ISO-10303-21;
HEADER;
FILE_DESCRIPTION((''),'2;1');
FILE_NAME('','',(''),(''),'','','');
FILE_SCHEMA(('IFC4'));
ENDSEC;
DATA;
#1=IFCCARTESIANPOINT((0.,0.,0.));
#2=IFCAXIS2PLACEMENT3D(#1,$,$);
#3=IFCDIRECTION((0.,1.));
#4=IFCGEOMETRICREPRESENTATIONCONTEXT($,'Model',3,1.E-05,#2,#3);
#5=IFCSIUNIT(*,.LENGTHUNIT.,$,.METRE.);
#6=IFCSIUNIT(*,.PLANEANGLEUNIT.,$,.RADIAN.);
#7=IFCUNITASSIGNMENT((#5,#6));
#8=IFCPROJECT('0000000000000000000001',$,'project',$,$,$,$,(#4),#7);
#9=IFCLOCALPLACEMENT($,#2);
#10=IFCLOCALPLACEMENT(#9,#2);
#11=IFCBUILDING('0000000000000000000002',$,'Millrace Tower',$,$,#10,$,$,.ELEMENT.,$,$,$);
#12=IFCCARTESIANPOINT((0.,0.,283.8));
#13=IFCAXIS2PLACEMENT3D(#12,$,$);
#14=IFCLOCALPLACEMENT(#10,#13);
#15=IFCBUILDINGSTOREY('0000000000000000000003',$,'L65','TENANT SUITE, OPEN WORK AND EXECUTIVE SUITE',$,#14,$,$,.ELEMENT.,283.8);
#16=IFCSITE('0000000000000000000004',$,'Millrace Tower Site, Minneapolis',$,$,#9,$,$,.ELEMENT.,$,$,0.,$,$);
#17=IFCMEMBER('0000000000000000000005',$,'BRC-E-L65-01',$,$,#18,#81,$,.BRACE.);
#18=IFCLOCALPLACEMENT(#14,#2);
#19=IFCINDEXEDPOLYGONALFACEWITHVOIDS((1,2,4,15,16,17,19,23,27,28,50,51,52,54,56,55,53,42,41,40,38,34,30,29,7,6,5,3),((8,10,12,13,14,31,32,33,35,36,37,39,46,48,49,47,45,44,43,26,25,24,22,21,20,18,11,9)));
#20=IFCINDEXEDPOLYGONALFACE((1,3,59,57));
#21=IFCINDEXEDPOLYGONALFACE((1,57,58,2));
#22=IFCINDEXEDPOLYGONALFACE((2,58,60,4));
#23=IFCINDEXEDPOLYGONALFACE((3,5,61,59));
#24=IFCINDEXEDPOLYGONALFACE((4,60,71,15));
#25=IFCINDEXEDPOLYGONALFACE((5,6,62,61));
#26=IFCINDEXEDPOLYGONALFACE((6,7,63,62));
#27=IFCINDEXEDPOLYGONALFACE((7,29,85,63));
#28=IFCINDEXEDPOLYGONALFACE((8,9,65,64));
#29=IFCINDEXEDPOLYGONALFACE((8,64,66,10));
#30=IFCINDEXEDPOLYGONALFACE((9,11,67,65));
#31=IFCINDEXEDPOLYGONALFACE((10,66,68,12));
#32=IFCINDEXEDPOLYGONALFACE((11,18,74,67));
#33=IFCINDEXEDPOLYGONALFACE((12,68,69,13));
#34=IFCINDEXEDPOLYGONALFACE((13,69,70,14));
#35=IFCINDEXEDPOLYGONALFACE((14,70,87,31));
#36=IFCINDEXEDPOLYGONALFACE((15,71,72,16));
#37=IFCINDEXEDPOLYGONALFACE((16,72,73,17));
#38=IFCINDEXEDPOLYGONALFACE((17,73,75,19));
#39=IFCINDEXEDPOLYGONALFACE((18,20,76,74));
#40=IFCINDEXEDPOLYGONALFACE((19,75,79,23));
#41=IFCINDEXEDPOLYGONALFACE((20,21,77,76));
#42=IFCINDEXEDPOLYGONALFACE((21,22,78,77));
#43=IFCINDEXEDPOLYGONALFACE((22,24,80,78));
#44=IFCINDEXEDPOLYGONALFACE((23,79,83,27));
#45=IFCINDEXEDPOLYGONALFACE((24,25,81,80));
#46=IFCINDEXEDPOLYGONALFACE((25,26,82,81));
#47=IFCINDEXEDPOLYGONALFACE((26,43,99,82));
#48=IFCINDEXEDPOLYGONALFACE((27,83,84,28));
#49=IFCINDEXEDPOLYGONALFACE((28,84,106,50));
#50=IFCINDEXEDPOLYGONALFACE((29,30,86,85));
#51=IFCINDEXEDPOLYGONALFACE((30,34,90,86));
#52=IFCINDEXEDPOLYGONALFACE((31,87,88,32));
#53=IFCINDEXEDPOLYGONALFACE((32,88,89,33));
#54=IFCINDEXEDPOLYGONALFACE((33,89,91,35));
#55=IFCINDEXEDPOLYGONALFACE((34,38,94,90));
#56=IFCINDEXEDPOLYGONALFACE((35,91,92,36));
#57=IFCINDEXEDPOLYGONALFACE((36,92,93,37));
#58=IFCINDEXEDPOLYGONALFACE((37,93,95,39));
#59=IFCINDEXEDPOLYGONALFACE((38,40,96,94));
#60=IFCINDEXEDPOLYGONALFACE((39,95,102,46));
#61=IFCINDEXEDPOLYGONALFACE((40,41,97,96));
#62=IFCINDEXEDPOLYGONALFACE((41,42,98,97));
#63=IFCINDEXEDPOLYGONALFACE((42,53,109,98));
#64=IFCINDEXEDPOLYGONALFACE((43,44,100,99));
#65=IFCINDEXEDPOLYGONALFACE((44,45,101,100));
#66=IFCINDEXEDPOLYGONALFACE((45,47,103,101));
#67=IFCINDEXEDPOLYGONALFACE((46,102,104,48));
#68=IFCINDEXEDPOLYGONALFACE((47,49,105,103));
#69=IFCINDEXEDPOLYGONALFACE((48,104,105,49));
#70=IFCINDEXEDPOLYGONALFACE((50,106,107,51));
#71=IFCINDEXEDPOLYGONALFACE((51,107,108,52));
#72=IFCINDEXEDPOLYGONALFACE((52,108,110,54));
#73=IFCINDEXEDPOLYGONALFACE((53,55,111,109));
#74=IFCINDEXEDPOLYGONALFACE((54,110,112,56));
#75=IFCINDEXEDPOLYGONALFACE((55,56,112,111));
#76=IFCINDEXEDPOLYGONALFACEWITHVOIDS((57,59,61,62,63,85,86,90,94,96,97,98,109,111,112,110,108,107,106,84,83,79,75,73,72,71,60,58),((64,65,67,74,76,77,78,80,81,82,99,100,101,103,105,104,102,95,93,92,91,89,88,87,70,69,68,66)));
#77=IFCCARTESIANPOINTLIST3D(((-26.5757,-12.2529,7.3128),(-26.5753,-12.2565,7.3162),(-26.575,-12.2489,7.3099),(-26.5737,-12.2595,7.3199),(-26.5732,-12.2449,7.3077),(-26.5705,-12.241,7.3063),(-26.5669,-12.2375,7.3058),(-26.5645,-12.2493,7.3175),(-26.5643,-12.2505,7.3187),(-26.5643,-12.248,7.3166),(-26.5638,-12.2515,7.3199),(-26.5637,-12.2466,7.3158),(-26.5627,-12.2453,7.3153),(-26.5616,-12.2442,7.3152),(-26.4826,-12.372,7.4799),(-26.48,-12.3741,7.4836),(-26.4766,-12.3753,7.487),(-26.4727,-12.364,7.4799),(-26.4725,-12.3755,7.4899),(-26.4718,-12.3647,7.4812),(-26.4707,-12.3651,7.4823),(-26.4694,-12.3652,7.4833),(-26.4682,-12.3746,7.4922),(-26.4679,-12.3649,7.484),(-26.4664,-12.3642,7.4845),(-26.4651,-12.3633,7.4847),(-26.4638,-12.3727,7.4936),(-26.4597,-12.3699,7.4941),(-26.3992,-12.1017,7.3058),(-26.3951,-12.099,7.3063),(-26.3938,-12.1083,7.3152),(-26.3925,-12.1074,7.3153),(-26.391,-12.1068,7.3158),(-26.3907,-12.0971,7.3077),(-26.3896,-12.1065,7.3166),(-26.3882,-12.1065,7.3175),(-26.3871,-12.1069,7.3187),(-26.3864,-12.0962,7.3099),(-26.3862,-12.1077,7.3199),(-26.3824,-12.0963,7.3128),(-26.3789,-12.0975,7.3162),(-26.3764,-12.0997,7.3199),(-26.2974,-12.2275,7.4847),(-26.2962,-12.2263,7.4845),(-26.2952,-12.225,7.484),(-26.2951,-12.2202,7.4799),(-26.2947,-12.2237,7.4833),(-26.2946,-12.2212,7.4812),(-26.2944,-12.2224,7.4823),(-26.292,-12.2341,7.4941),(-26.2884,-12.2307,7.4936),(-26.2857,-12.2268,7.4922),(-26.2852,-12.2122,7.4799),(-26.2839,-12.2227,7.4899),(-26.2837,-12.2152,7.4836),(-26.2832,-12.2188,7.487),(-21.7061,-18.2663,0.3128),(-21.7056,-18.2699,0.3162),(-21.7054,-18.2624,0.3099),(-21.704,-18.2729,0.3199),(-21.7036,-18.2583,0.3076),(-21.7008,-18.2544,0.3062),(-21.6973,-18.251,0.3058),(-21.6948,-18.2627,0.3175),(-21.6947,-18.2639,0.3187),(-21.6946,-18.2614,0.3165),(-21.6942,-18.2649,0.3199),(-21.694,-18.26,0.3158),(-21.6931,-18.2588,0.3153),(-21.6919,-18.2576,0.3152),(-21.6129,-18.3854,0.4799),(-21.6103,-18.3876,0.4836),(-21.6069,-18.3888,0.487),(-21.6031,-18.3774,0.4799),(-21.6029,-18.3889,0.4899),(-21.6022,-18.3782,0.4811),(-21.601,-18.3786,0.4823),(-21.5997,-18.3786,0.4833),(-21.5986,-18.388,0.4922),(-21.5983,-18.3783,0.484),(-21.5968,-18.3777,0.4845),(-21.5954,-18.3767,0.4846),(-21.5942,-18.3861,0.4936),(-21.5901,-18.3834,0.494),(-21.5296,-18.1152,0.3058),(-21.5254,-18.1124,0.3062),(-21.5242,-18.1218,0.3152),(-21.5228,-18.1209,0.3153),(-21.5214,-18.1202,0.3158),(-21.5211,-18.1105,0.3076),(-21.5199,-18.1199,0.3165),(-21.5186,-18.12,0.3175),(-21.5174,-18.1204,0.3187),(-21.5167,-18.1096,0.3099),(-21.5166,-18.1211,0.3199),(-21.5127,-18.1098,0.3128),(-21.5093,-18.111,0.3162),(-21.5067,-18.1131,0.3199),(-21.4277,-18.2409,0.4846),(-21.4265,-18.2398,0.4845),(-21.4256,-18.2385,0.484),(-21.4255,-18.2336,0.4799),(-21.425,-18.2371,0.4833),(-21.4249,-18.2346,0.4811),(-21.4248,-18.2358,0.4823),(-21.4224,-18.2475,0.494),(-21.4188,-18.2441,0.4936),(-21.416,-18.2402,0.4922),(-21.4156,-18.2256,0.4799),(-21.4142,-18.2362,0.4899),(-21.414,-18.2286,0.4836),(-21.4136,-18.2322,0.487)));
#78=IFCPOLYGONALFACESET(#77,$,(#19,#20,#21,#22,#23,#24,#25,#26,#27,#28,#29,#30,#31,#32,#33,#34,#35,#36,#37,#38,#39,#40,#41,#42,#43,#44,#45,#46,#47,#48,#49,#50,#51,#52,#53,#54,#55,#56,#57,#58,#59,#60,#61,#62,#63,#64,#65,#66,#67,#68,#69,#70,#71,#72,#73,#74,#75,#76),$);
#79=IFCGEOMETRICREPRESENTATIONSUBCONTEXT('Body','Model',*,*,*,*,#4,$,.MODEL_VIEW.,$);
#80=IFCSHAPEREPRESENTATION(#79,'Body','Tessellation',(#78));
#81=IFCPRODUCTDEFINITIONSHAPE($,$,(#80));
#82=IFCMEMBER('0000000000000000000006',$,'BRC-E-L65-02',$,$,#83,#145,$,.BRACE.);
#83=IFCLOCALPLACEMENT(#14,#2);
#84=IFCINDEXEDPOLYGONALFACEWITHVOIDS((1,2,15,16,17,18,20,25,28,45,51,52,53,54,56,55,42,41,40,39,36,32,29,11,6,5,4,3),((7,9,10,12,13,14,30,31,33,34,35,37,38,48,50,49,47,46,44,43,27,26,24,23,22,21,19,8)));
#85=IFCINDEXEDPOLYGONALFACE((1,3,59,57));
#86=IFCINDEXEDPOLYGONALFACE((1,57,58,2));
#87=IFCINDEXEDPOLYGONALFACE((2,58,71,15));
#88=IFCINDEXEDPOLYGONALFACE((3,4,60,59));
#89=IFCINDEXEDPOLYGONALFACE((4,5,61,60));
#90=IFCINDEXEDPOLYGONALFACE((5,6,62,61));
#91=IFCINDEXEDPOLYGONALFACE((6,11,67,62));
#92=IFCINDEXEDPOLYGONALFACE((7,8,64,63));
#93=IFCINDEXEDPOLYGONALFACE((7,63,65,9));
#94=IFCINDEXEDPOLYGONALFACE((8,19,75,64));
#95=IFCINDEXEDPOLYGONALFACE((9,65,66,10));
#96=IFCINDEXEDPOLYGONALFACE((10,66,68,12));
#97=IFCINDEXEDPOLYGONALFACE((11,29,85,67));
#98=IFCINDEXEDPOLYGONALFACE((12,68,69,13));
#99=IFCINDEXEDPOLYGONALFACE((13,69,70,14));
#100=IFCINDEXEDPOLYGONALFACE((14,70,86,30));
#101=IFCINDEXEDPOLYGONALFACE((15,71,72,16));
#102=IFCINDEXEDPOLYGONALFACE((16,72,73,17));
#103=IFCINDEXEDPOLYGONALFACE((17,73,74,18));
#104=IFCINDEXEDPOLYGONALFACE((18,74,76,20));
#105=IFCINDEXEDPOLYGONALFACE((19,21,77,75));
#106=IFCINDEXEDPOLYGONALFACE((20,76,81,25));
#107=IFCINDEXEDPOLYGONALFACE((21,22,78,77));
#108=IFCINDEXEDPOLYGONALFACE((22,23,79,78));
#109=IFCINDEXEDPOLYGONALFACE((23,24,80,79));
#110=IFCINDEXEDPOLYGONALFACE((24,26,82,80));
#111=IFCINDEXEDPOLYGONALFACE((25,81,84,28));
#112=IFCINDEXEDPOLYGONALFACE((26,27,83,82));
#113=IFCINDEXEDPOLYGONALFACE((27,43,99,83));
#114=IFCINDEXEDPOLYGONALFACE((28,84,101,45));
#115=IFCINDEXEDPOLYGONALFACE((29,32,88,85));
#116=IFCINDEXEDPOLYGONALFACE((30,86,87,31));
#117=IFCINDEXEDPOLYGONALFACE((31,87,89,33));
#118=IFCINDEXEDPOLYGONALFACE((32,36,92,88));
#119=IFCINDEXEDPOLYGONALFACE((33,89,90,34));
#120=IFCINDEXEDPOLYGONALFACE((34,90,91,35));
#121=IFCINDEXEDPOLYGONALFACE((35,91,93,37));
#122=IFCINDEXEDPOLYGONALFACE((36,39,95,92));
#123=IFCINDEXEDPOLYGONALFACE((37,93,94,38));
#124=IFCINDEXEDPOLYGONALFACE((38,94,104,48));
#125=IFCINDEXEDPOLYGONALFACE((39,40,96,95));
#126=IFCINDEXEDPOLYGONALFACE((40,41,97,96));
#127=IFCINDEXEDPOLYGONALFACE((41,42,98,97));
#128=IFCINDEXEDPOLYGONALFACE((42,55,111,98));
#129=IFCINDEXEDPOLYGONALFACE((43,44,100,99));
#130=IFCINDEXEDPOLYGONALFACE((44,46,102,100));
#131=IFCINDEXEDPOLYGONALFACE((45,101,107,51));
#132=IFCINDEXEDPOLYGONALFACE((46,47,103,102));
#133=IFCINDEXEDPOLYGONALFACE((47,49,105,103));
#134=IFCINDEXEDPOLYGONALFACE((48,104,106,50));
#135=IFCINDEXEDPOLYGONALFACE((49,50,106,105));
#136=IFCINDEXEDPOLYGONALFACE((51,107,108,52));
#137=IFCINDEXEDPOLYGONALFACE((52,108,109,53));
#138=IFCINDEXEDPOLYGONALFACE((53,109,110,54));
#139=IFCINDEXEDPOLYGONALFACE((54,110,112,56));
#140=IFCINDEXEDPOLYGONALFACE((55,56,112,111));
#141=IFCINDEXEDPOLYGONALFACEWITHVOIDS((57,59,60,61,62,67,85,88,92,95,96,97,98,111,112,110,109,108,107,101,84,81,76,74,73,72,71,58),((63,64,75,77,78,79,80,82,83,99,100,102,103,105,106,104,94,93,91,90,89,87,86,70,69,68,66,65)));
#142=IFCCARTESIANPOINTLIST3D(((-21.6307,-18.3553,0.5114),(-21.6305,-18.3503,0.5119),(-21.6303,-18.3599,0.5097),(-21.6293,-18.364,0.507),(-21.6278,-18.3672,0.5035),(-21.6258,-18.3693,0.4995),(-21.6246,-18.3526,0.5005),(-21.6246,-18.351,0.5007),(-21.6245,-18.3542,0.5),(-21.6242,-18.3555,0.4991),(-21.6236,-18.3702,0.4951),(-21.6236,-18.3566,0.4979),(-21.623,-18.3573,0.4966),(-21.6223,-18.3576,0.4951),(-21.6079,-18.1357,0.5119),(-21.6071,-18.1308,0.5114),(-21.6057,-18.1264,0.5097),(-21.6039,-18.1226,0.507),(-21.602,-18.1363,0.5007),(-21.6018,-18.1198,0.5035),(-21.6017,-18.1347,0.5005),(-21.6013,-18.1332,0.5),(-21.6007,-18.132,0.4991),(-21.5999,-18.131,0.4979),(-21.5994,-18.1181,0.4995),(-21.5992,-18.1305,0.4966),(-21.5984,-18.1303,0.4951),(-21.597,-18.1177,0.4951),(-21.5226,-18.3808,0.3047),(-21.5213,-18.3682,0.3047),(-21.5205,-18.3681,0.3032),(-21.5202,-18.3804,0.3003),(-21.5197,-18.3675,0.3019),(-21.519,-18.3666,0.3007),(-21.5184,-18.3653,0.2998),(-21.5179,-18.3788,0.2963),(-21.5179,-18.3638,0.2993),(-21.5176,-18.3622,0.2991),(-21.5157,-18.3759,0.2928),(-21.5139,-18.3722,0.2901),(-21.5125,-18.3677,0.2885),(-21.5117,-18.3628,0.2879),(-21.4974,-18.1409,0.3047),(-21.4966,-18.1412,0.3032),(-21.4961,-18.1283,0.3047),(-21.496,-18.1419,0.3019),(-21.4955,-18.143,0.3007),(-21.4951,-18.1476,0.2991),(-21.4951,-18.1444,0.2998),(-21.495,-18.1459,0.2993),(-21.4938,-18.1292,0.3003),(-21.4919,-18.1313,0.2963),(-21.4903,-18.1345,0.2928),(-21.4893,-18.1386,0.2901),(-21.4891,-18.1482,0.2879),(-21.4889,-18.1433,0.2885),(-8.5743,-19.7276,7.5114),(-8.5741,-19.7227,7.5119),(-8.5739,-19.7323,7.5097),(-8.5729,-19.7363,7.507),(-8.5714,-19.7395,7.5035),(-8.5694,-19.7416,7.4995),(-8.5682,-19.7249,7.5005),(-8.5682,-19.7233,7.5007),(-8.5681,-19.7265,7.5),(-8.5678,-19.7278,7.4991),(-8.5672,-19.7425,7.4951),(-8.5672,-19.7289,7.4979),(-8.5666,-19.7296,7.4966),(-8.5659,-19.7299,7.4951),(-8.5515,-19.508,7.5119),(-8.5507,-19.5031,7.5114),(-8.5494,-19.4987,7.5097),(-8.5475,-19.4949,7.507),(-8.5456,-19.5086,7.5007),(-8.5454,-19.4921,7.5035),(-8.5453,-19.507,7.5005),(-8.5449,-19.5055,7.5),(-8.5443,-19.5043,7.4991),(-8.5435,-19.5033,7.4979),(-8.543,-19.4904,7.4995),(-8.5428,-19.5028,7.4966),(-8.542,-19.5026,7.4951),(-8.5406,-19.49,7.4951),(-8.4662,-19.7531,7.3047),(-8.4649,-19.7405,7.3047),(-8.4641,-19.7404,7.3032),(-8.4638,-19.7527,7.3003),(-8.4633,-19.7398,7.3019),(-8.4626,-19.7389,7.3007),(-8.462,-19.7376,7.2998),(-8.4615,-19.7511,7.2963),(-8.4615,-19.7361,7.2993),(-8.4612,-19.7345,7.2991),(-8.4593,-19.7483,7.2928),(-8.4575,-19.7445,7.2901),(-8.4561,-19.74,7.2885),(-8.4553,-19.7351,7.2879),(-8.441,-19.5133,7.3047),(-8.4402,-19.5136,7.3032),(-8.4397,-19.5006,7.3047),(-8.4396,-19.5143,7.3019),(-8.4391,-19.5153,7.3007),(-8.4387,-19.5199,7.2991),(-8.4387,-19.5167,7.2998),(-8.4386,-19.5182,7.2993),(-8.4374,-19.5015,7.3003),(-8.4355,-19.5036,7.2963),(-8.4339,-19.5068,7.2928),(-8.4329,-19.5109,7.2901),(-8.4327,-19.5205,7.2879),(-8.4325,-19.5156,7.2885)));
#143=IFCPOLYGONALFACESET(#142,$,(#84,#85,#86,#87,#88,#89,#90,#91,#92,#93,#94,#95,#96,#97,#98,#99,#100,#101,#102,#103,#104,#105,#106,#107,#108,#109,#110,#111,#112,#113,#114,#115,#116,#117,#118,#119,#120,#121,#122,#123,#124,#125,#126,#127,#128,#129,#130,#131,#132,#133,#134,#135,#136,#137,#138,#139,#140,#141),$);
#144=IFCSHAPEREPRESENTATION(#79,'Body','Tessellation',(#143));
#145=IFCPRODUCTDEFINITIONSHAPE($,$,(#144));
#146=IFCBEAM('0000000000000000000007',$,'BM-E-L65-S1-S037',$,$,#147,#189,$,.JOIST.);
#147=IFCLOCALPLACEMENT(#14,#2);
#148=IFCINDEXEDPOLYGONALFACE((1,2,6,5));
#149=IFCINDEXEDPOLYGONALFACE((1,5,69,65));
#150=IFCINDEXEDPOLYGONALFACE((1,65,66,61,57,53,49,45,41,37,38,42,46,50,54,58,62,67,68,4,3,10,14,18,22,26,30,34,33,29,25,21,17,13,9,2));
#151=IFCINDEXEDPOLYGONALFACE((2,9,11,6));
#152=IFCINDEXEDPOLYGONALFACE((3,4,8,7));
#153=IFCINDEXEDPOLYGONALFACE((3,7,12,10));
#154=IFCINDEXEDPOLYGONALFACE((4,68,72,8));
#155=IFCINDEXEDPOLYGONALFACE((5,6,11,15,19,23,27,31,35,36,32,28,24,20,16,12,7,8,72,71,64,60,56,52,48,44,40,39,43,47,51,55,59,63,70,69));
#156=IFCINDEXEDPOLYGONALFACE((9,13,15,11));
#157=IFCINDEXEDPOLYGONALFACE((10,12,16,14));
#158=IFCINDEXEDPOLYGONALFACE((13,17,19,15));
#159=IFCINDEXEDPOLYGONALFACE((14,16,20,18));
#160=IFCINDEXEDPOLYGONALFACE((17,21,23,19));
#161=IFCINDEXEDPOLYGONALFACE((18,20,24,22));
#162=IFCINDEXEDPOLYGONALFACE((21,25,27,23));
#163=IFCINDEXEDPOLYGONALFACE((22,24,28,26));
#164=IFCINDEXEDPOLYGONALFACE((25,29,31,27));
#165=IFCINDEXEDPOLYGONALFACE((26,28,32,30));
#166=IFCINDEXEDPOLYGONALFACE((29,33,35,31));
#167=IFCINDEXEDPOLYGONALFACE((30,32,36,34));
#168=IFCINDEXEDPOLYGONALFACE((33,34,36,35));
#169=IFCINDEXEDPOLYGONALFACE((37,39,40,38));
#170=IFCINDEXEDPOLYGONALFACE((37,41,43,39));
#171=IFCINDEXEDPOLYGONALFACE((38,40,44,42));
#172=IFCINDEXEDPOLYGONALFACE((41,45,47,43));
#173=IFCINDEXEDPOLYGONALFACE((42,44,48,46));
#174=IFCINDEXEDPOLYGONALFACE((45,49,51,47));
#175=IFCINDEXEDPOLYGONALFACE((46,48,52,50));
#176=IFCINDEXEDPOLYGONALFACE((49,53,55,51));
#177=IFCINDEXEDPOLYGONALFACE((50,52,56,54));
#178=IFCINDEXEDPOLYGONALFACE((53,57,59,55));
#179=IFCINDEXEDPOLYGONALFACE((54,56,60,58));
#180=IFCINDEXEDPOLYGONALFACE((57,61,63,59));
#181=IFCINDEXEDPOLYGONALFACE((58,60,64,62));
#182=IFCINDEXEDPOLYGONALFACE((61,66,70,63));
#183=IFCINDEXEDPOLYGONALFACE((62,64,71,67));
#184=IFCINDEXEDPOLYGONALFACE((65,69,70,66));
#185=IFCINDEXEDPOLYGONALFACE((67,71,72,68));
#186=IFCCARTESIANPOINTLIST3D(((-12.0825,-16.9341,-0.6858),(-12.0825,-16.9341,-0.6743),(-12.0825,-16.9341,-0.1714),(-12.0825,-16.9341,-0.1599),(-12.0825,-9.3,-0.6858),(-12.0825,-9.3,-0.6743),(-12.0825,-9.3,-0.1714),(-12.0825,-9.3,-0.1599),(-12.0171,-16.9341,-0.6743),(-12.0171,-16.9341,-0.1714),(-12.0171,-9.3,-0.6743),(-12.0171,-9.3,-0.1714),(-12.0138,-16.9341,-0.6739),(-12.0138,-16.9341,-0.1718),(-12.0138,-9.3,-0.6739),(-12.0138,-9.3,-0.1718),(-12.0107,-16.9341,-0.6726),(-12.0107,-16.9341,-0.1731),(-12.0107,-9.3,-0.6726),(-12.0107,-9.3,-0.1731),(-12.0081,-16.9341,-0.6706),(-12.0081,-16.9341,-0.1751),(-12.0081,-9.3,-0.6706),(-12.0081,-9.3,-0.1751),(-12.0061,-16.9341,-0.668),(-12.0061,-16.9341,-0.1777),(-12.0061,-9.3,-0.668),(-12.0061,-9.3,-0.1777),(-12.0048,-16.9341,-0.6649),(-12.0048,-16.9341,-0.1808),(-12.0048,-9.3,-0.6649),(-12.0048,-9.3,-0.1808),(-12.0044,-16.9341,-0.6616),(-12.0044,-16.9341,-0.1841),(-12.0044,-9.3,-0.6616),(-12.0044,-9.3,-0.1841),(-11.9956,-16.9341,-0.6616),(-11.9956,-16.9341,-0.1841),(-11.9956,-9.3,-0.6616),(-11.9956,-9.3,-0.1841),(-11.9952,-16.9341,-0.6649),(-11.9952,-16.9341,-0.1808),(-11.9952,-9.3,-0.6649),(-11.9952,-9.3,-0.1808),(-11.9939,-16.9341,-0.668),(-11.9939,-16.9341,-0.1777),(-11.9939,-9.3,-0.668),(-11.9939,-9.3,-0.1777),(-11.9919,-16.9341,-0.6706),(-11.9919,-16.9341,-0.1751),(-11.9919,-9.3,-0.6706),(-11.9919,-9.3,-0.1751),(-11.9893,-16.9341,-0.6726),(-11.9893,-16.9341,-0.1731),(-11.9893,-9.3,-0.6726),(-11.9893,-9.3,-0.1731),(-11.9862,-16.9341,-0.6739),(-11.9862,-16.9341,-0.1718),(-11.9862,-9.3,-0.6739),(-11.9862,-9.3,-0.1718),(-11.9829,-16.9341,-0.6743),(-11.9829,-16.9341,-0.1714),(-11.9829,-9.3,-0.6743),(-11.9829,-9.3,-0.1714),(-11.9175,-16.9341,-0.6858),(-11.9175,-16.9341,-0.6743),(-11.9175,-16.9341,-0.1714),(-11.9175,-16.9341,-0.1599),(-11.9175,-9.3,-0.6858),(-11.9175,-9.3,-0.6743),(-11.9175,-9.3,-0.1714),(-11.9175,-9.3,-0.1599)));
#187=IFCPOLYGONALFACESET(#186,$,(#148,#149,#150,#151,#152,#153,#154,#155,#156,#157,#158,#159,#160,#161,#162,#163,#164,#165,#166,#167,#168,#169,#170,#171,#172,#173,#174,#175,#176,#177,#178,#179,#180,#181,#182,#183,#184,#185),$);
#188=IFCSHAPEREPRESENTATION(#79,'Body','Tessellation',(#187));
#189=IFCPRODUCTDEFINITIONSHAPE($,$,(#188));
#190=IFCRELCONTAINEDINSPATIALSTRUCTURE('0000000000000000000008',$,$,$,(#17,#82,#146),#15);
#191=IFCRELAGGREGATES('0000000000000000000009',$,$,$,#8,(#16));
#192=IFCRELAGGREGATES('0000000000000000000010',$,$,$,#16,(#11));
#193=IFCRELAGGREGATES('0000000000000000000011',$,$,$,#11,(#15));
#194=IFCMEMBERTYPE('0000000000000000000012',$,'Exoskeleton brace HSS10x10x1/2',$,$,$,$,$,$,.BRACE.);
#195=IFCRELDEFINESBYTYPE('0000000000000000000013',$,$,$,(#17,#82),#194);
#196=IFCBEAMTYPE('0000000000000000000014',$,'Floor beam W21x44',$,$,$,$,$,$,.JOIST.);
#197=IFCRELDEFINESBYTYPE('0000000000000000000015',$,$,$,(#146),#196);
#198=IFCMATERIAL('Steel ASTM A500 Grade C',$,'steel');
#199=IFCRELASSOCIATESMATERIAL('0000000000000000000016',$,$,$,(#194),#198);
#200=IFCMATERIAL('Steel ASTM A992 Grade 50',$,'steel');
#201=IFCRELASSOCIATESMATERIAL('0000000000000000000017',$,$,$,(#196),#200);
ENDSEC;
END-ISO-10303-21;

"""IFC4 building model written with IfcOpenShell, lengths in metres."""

from ifc_helpers import new_model, si_unit, direction, frame, origin, origin_2d, place, context, subcontext, project, spatial, hollow_rectangle, i_section, extrude, material, material_profile, profile_set, type_object, element, save


model = new_model("IFC4")

# Units and contexts
model_context = context("Model", 3, precision=1e-05, world=origin(), true_north=direction((0.0, 1.0)))
body_context = subcontext(model_context, "Body", "Model", "MODEL_VIEW")
ifc_project = project(units=[si_unit("LENGTHUNIT", "METRE"), si_unit("PLANEANGLEUNIT", "RADIAN")], contexts=[model_context])

# Site, building, storey
site_placement = place(None, origin())
site = spatial("IfcSite", under=ifc_project, at=site_placement, Name="Millrace Tower Site, Minneapolis", CompositionType="ELEMENT", RefElevation=0.0)
building_placement = place(site_placement, origin())
building = spatial("IfcBuilding", under=site, at=building_placement, Name="Millrace Tower", CompositionType="ELEMENT")
storey_placement = place(building_placement, frame((0.0, 0.0, 283.8)))
storey = spatial("IfcBuildingStorey", under=building, at=storey_placement, Name="L65", Description="TENANT SUITE, OPEN WORK AND EXECUTIVE SUITE", CompositionType="ELEMENT", Elevation=283.8)

# Members
ifc_material_1 = material(Name="Steel ASTM A500 Grade C", Category="steel")
ifc_material_profile_1 = material_profile(ifc_material_1, hollow_rectangle(XDim=0.2539, YDim=0.2539, WallThickness=0.0127, InnerFilletRadius=0.0063, OuterFilletRadius=0.019, at=origin_2d()))
ifc_profile_set_1 = profile_set([ifc_material_profile_1], Name="Steel ASTM A500 Grade C")
member_type_1 = type_object("IfcMemberType", Name="Exoskeleton brace HSS10x10x1/2", PredefinedType="BRACE", material=ifc_profile_set_1)
member_1_placement = place(storey_placement, frame((-21.5598, -18.2493, 0.3999), z_axis=(-0.466694, 0.576314, 0.670864), x_axis=(-0.777143, -0.629324, 0.0)))
element("IfcMember", 1, at=member_1_placement, inside=storey, type_object=member_type_1, Name="BRC-E-L65-01", PredefinedType="BRACE", context=body_context, shape_type="SweptSolid", body=[
    extrude(hollow_rectangle(XDim=0.2539, YDim=0.2539, WallThickness=0.0127, InnerFilletRadius=0.0063, OuterFilletRadius=0.019, at=origin_2d()), origin(), (0.0, 0.0, 1.0), 10.4343),
])
member_2_placement = place(storey_placement, frame((-21.5598, -18.2493, 0.3999), z_axis=(0.877568, -0.092238, 0.470496), x_axis=(0.104531, 0.994522, 0.0)))
element("IfcMember", 2, at=member_2_placement, inside=storey, type_object=member_type_1, Name="BRC-E-L65-02", PredefinedType="BRACE", context=body_context, shape_type="SweptSolid", body=[
    extrude(hollow_rectangle(XDim=0.2539, YDim=0.2539, WallThickness=0.0127, InnerFilletRadius=0.0063, OuterFilletRadius=0.019, at=origin_2d()), origin(), (0.0, 0.0, 1.0), 14.8779),
])

# Beam
ifc_material_2 = material(Name="Steel ASTM A992 Grade 50", Category="steel")
ifc_material_profile_2 = material_profile(ifc_material_2, i_section(OverallWidth=0.165, OverallDepth=0.5259, WebThickness=0.0088, FlangeThickness=0.0115, FilletRadius=0.0127, at=origin_2d()))
ifc_profile_set_2 = profile_set([ifc_material_profile_2], Name="Steel ASTM A992 Grade 50")
beam_type_1 = type_object("IfcBeamType", Name="Floor beam W21x44", PredefinedType="JOIST", material=ifc_profile_set_2)
beam_1_placement = place(storey_placement, frame((-12.0, -16.9341, -0.4229), z_axis=(0.0, 1.0, 0.0), x_axis=(-1.0, 0.0, 0.0)))
element("IfcBeam", 3, at=beam_1_placement, inside=storey, type_object=beam_type_1, Name="BM-E-L65-S1-S037", PredefinedType="JOIST", context=body_context, shape_type="SweptSolid", body=[
    extrude(i_section(OverallWidth=0.165, OverallDepth=0.5259, WebThickness=0.0088, FlangeThickness=0.0115, FilletRadius=0.0127, at=origin_2d()), origin(), (0.0, 0.0, 1.0), 7.634),
])

save(model, "model.ifc")
